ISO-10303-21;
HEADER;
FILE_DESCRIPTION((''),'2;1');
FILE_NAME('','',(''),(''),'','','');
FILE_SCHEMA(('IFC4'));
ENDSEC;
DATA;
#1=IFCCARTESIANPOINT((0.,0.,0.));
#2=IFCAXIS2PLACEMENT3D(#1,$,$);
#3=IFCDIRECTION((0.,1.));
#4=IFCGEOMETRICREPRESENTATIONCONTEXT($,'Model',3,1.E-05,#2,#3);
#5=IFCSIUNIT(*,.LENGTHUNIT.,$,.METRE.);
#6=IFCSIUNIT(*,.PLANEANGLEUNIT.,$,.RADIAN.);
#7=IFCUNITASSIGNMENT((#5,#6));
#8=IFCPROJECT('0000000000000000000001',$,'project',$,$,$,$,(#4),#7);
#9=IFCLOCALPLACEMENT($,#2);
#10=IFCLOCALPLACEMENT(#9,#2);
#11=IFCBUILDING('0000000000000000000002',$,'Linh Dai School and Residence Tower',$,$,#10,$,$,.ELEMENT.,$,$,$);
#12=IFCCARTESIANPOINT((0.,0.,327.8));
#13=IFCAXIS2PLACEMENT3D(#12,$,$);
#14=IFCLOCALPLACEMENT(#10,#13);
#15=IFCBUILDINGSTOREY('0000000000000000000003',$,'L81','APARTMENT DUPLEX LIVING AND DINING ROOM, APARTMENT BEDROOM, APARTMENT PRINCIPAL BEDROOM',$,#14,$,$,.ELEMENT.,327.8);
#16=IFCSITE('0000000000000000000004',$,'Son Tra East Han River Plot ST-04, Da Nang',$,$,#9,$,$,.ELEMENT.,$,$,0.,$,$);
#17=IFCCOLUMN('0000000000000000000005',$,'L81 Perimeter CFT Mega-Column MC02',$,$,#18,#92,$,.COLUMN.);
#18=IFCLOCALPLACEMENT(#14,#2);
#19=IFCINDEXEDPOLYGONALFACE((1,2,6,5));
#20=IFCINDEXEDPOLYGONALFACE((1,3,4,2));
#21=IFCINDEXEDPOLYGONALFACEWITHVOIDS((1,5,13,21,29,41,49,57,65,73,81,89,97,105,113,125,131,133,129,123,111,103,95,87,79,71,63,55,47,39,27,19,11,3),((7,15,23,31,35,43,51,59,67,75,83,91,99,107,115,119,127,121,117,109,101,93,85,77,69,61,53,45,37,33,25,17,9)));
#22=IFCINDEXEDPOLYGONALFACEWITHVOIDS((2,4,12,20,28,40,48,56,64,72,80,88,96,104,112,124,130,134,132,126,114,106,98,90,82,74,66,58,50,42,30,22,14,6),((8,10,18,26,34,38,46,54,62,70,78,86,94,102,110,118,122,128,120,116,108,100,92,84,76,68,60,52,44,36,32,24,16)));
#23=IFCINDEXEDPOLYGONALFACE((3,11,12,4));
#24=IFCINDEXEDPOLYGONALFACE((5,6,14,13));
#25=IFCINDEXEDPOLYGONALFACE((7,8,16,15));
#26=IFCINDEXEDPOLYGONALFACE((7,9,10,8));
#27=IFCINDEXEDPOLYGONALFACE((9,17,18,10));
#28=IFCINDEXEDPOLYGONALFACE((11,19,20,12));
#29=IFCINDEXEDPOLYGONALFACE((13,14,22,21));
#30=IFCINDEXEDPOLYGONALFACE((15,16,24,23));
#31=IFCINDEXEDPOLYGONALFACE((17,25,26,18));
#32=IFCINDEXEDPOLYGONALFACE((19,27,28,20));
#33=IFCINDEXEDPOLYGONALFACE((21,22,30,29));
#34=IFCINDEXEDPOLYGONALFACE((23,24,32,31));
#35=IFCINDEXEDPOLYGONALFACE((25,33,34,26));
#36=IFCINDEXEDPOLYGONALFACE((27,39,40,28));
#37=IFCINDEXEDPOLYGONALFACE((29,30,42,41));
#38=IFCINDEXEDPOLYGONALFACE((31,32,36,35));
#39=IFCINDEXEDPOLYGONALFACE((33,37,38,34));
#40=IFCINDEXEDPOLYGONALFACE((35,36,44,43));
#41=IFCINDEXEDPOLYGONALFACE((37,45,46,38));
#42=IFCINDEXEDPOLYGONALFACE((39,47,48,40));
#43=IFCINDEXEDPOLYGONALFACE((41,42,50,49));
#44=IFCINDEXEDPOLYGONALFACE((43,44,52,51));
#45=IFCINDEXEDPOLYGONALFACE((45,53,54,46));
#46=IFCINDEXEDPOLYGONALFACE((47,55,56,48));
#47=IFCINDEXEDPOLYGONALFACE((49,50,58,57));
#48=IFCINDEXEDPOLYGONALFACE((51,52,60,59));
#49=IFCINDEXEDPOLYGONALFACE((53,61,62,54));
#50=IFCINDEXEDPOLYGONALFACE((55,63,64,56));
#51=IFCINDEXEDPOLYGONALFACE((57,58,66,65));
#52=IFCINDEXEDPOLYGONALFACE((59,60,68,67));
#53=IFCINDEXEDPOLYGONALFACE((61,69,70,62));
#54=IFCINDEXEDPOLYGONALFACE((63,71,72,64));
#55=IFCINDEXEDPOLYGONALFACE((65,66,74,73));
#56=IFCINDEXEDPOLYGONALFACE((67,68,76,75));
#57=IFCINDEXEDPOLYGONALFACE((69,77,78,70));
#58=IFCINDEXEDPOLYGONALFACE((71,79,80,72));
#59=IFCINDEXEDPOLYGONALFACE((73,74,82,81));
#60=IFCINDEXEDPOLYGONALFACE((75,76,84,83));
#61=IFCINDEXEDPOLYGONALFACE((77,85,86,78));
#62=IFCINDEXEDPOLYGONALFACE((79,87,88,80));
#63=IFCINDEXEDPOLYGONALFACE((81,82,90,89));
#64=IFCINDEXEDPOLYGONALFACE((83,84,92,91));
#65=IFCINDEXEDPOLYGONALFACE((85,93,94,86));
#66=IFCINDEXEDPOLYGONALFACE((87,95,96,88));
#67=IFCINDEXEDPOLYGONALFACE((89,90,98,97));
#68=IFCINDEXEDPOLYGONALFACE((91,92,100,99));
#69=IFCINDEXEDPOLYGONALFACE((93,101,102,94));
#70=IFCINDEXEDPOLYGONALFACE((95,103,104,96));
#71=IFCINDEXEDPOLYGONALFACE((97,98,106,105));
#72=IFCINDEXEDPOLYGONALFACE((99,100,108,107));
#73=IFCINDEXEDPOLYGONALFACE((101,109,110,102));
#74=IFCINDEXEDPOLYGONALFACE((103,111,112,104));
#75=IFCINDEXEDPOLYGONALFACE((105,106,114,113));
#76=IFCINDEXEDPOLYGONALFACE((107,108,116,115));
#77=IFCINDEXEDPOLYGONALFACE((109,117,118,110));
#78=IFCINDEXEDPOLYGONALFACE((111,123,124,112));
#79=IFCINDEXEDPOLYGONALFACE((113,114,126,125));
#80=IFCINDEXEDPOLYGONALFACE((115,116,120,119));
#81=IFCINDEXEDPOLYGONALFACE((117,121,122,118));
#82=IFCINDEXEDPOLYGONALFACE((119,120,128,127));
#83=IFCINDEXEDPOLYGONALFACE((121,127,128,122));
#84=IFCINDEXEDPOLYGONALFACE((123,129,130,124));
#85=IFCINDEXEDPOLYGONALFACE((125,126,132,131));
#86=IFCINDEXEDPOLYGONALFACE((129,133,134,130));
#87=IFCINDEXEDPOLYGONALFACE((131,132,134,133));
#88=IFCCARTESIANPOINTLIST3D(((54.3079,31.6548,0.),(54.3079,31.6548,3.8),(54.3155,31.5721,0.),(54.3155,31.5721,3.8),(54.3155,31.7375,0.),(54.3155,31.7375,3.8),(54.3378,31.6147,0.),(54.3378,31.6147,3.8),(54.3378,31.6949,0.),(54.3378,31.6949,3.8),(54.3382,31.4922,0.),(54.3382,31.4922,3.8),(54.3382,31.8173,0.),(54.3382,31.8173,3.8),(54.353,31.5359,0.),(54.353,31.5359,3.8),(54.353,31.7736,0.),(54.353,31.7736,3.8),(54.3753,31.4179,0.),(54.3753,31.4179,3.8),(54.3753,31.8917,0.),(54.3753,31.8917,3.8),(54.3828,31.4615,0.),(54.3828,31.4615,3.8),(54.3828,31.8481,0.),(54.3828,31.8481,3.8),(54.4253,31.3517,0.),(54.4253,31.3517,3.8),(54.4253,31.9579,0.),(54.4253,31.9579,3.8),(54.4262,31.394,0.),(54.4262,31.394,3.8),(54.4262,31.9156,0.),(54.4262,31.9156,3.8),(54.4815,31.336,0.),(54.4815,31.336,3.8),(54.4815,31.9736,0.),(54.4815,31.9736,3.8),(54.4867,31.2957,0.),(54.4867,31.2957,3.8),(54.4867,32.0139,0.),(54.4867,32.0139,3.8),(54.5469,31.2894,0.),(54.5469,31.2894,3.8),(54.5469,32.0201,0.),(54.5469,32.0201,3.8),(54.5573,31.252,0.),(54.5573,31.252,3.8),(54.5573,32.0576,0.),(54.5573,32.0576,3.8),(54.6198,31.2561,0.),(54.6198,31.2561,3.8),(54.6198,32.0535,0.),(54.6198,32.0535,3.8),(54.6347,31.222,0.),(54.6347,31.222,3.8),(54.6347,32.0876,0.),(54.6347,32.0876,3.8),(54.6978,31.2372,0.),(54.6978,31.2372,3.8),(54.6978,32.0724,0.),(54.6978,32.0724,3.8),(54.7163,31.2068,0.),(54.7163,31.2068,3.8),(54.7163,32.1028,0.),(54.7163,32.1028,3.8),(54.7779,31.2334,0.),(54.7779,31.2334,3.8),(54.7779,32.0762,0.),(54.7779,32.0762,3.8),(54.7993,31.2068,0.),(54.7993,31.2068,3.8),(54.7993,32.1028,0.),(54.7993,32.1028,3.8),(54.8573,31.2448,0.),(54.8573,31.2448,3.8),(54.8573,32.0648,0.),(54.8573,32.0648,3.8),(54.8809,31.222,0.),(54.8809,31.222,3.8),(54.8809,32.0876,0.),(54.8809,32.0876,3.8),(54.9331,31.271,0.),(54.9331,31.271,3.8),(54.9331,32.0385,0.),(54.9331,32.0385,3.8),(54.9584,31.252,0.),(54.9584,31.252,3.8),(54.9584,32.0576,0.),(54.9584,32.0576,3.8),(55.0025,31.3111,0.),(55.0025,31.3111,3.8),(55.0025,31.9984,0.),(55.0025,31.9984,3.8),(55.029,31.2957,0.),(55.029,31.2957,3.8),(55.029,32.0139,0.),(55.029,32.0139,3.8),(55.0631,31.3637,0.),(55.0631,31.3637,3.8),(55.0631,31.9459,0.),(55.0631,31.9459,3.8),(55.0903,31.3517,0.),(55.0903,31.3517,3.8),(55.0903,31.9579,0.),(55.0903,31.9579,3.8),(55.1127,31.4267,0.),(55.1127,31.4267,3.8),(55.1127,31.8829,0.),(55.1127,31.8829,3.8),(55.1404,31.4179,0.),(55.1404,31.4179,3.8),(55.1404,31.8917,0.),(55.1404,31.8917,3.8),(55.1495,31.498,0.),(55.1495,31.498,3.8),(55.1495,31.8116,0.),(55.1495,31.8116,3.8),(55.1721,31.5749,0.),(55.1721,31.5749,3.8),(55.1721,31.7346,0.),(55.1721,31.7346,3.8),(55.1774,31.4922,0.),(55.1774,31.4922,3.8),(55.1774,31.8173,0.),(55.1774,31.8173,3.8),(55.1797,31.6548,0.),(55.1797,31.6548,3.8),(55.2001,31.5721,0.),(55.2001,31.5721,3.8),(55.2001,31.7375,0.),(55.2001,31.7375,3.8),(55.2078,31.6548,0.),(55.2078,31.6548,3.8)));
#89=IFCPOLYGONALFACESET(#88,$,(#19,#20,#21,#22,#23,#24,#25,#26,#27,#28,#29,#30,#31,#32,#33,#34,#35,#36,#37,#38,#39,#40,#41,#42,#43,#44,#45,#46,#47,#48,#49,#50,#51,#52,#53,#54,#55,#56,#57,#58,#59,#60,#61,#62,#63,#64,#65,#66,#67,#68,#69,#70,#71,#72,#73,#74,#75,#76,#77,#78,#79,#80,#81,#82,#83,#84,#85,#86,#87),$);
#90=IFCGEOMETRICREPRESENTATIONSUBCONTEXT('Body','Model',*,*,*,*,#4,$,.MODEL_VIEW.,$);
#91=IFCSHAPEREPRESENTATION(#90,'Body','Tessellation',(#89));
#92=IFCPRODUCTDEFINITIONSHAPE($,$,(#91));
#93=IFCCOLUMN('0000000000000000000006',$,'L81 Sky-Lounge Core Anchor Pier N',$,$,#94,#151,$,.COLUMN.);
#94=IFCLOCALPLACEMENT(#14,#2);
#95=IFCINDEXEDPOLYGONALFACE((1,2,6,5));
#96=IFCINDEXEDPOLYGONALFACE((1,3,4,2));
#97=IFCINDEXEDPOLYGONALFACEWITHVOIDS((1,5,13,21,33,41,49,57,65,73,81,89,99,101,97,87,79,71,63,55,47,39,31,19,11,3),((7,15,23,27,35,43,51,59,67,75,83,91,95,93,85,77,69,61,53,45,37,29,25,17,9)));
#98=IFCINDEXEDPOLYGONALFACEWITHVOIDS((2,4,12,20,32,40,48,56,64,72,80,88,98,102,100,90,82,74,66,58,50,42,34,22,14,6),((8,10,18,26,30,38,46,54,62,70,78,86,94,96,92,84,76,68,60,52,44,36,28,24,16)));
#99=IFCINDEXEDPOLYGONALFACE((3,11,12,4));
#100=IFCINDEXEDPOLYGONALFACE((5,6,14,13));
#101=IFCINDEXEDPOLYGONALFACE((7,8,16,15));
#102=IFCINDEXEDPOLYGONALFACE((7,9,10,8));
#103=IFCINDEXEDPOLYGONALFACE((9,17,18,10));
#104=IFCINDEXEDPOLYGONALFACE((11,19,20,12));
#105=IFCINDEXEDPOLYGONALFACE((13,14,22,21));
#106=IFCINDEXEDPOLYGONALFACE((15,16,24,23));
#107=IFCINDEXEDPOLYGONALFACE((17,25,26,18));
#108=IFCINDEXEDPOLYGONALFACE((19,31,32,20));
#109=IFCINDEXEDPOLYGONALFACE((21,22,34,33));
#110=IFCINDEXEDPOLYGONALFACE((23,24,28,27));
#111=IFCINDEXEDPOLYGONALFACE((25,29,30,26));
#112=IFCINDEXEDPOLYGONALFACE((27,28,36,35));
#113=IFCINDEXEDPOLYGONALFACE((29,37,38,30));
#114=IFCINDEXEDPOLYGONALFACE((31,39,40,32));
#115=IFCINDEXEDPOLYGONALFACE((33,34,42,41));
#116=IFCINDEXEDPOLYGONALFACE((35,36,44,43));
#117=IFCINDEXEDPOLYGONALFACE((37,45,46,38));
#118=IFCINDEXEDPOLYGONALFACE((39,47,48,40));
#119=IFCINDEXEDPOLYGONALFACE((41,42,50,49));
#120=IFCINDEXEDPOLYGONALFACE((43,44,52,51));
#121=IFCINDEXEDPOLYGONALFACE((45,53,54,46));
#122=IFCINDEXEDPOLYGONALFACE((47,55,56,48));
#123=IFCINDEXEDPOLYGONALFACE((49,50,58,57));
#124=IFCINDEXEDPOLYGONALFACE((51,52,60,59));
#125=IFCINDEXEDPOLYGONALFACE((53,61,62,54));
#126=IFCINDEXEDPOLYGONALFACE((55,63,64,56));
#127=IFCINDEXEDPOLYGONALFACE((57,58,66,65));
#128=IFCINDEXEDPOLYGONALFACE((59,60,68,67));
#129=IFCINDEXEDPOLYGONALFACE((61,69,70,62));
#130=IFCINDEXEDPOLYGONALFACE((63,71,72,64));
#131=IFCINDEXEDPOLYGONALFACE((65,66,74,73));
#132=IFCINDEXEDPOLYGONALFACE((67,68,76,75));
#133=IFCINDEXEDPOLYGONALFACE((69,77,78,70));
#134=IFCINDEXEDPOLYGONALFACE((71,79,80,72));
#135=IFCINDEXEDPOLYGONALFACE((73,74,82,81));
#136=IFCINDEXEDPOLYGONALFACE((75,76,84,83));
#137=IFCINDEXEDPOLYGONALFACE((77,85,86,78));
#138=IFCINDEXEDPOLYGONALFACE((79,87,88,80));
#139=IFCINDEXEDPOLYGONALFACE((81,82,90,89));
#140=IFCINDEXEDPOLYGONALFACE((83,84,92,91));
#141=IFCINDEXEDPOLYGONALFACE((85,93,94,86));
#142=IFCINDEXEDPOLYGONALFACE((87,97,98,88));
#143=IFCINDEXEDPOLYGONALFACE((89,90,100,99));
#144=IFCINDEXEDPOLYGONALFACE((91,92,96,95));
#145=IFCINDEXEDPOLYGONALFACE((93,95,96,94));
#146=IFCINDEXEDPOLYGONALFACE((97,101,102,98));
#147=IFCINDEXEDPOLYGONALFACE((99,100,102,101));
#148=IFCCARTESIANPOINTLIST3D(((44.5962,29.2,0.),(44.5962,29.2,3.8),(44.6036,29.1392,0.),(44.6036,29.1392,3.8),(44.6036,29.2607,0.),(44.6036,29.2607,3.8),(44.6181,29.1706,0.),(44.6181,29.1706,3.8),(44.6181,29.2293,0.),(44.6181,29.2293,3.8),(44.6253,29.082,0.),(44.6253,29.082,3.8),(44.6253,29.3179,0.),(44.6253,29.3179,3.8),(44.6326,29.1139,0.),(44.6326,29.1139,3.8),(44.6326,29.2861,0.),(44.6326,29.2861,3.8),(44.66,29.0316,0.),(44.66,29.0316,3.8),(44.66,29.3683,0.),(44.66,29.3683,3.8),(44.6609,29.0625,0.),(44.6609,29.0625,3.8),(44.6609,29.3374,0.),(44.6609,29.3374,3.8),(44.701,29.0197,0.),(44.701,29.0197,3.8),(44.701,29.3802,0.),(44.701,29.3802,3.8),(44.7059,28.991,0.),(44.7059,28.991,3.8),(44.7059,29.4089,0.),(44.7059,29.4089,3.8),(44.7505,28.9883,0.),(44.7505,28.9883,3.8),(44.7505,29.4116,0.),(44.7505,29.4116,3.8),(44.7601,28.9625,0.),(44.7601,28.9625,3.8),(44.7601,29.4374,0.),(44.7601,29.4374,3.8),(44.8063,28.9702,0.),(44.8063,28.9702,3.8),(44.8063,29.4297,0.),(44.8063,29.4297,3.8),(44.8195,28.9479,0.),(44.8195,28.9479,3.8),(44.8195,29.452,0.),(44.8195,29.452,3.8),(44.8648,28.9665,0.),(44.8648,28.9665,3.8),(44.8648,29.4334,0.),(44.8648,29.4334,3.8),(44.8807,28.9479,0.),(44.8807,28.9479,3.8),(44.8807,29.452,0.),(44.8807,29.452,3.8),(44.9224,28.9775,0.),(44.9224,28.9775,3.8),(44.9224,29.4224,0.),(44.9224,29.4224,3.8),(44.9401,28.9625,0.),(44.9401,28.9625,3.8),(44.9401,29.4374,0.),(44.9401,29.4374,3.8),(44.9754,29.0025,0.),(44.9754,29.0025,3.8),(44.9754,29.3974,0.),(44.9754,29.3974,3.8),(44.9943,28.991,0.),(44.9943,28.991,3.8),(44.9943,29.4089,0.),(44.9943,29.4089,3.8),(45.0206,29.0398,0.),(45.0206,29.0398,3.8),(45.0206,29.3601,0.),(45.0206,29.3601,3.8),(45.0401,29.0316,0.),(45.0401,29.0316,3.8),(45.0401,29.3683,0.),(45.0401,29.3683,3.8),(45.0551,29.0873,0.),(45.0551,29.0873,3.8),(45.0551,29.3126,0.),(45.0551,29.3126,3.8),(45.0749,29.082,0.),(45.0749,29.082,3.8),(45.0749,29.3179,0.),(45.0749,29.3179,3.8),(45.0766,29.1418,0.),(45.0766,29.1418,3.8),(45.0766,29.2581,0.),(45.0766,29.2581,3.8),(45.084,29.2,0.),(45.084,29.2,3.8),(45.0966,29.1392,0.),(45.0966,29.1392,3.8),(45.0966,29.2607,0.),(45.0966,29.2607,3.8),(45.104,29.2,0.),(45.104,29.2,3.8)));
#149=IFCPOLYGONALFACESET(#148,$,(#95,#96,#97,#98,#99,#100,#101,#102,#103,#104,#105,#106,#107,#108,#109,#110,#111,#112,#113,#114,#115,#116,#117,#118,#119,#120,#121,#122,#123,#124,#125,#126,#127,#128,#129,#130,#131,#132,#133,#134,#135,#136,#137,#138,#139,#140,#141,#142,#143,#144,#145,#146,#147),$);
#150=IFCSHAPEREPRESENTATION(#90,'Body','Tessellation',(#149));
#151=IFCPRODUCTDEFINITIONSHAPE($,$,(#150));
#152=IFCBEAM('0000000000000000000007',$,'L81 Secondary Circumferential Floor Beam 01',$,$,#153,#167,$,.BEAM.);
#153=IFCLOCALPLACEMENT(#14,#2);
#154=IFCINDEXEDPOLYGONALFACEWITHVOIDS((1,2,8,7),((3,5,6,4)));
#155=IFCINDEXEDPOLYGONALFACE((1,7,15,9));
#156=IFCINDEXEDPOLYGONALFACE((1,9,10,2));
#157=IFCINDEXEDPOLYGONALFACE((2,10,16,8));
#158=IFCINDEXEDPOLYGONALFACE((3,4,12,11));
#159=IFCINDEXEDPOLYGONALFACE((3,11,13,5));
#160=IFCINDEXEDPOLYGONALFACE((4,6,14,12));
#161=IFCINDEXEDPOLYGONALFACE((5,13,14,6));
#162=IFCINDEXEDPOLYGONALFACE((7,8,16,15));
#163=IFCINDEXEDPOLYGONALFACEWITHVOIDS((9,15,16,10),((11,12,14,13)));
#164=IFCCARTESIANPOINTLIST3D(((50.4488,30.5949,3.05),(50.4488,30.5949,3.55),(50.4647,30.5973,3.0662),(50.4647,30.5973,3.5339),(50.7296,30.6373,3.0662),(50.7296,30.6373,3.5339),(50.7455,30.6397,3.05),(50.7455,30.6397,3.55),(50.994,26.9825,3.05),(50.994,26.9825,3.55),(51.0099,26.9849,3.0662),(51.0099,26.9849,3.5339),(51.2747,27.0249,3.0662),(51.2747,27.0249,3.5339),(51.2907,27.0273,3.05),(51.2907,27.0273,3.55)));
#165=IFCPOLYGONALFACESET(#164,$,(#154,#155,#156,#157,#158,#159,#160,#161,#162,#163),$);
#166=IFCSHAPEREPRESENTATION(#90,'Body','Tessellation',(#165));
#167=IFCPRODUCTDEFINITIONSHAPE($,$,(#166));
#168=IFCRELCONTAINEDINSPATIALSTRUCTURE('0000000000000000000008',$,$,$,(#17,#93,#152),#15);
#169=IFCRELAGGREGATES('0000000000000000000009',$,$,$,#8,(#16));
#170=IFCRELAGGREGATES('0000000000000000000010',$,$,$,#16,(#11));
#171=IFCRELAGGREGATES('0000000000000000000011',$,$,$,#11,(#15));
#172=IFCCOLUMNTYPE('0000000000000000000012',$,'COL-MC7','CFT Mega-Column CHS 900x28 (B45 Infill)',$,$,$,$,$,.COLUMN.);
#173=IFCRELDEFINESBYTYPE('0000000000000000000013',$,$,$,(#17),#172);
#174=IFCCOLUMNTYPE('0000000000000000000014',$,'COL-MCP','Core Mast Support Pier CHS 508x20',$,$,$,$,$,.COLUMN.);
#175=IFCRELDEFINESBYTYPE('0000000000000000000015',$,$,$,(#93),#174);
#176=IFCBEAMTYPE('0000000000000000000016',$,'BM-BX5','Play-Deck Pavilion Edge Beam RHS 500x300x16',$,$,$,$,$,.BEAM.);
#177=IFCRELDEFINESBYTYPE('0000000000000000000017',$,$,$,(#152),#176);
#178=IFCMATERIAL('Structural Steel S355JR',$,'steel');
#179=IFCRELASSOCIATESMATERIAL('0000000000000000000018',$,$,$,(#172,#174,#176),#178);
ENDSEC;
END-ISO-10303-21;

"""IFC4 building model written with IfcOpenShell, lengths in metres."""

from ifc_helpers import new_model, si_unit, direction, frame, origin, origin_2d, place, context, subcontext, project, spatial, hollow_rectangle, hollow_circle, extrude, material, material_profile, profile_set, type_object, element, save


model = new_model("IFC4")

# Units and contexts
model_context = context("Model", 3, precision=1e-05, world=origin(), true_north=direction((0.0, 1.0)))
body_context = subcontext(model_context, "Body", "Model", "MODEL_VIEW")
ifc_project = project(units=[si_unit("LENGTHUNIT", "METRE"), si_unit("PLANEANGLEUNIT", "RADIAN")], contexts=[model_context])

# Site, building, storey
site_placement = place(None, origin())
site = spatial("IfcSite", under=ifc_project, at=site_placement, Name="Son Tra East Han River Plot ST-04, Da Nang", CompositionType="ELEMENT", RefElevation=0.0)
building_placement = place(site_placement, origin())
building = spatial("IfcBuilding", under=site, at=building_placement, Name="Linh Dai School and Residence Tower", CompositionType="ELEMENT")
storey_placement = place(building_placement, frame((0.0, 0.0, 327.8)))
storey = spatial("IfcBuildingStorey", under=building, at=storey_placement, Name="L81", Description="APARTMENT DUPLEX LIVING AND DINING ROOM, APARTMENT BEDROOM, APARTMENT PRINCIPAL BEDROOM", CompositionType="ELEMENT", Elevation=327.8)

# Columns
ifc_material_1 = material(Name="Structural Steel S355JR", Category="steel")
ifc_material_profile_1 = material_profile(ifc_material_1, hollow_circle(Radius=0.45, WallThickness=0.0281, at=origin_2d()), Name="CHS 900x28")
ifc_profile_set_1 = profile_set([ifc_material_profile_1], Name="Structural Steel S355JR")
column_type_1 = type_object("IfcColumnType", Name="COL-MC7", Description="CFT Mega-Column CHS 900x28 (B45 Infill)", PredefinedType="COLUMN", material=ifc_profile_set_1)
column_1_placement = place(storey_placement, frame((54.7578, 31.6548, 0.0), z_axis=(0.0, 0.0, 1.0), x_axis=(1.0, 0.0, 0.0)))
element("IfcColumn", 1, at=column_1_placement, inside=storey, type_object=column_type_1, Name="L81 Perimeter CFT Mega-Column MC02", PredefinedType="COLUMN", context=body_context, shape_type="SweptSolid", body=[
    extrude(hollow_circle(Radius=0.45, WallThickness=0.0281, at=origin_2d()), origin(), (0.0, 0.0, 1.0), 3.8),
])
ifc_material_profile_2 = material_profile(ifc_material_1, hollow_circle(Radius=0.2539, WallThickness=0.02, at=origin_2d()), Name="CHS 508x20")
ifc_profile_set_2 = profile_set([ifc_material_profile_2], Name="Structural Steel S355JR")
column_type_2 = type_object("IfcColumnType", Name="COL-MCP", Description="Core Mast Support Pier CHS 508x20", PredefinedType="COLUMN", material=ifc_profile_set_2)
column_2_placement = place(storey_placement, frame((44.8501, 29.2, 0.0), z_axis=(0.0, 0.0, 1.0), x_axis=(1.0, 0.0, 0.0)))
element("IfcColumn", 2, at=column_2_placement, inside=storey, type_object=column_type_2, Name="L81 Sky-Lounge Core Anchor Pier N", PredefinedType="COLUMN", context=body_context, shape_type="SweptSolid", body=[
    extrude(hollow_circle(Radius=0.2539, WallThickness=0.02, at=origin_2d()), origin(), (0.0, 0.0, 1.0), 3.8),
])

# Beam
ifc_material_profile_3 = material_profile(ifc_material_1, hollow_rectangle(XDim=0.3, YDim=0.5, WallThickness=0.0161, at=origin_2d()), Name="RHS 500x300x16")
ifc_profile_set_3 = profile_set([ifc_material_profile_3], Name="Structural Steel S355JR")
beam_type_1 = type_object("IfcBeamType", Name="BM-BX5", Description="Play-Deck Pavilion Edge Beam RHS 500x300x16", PredefinedType="BEAM", material=ifc_profile_set_3)
beam_1_placement = place(storey_placement, frame((51.1423, 27.0049, 3.3), z_axis=(-0.149229, 0.988803, 0.0), x_axis=(-0.988803, -0.149229, 0.0)))
element("IfcBeam", 3, at=beam_1_placement, inside=storey, type_object=beam_type_1, Name="L81 Secondary Circumferential Floor Beam 01", PredefinedType="BEAM", context=body_context, shape_type="SweptSolid", body=[
    extrude(hollow_rectangle(XDim=0.3, YDim=0.5, WallThickness=0.0161, at=origin_2d()), origin(), (0.0, 0.0, 1.0), 3.6533),
])

save(model, "model.ifc")
